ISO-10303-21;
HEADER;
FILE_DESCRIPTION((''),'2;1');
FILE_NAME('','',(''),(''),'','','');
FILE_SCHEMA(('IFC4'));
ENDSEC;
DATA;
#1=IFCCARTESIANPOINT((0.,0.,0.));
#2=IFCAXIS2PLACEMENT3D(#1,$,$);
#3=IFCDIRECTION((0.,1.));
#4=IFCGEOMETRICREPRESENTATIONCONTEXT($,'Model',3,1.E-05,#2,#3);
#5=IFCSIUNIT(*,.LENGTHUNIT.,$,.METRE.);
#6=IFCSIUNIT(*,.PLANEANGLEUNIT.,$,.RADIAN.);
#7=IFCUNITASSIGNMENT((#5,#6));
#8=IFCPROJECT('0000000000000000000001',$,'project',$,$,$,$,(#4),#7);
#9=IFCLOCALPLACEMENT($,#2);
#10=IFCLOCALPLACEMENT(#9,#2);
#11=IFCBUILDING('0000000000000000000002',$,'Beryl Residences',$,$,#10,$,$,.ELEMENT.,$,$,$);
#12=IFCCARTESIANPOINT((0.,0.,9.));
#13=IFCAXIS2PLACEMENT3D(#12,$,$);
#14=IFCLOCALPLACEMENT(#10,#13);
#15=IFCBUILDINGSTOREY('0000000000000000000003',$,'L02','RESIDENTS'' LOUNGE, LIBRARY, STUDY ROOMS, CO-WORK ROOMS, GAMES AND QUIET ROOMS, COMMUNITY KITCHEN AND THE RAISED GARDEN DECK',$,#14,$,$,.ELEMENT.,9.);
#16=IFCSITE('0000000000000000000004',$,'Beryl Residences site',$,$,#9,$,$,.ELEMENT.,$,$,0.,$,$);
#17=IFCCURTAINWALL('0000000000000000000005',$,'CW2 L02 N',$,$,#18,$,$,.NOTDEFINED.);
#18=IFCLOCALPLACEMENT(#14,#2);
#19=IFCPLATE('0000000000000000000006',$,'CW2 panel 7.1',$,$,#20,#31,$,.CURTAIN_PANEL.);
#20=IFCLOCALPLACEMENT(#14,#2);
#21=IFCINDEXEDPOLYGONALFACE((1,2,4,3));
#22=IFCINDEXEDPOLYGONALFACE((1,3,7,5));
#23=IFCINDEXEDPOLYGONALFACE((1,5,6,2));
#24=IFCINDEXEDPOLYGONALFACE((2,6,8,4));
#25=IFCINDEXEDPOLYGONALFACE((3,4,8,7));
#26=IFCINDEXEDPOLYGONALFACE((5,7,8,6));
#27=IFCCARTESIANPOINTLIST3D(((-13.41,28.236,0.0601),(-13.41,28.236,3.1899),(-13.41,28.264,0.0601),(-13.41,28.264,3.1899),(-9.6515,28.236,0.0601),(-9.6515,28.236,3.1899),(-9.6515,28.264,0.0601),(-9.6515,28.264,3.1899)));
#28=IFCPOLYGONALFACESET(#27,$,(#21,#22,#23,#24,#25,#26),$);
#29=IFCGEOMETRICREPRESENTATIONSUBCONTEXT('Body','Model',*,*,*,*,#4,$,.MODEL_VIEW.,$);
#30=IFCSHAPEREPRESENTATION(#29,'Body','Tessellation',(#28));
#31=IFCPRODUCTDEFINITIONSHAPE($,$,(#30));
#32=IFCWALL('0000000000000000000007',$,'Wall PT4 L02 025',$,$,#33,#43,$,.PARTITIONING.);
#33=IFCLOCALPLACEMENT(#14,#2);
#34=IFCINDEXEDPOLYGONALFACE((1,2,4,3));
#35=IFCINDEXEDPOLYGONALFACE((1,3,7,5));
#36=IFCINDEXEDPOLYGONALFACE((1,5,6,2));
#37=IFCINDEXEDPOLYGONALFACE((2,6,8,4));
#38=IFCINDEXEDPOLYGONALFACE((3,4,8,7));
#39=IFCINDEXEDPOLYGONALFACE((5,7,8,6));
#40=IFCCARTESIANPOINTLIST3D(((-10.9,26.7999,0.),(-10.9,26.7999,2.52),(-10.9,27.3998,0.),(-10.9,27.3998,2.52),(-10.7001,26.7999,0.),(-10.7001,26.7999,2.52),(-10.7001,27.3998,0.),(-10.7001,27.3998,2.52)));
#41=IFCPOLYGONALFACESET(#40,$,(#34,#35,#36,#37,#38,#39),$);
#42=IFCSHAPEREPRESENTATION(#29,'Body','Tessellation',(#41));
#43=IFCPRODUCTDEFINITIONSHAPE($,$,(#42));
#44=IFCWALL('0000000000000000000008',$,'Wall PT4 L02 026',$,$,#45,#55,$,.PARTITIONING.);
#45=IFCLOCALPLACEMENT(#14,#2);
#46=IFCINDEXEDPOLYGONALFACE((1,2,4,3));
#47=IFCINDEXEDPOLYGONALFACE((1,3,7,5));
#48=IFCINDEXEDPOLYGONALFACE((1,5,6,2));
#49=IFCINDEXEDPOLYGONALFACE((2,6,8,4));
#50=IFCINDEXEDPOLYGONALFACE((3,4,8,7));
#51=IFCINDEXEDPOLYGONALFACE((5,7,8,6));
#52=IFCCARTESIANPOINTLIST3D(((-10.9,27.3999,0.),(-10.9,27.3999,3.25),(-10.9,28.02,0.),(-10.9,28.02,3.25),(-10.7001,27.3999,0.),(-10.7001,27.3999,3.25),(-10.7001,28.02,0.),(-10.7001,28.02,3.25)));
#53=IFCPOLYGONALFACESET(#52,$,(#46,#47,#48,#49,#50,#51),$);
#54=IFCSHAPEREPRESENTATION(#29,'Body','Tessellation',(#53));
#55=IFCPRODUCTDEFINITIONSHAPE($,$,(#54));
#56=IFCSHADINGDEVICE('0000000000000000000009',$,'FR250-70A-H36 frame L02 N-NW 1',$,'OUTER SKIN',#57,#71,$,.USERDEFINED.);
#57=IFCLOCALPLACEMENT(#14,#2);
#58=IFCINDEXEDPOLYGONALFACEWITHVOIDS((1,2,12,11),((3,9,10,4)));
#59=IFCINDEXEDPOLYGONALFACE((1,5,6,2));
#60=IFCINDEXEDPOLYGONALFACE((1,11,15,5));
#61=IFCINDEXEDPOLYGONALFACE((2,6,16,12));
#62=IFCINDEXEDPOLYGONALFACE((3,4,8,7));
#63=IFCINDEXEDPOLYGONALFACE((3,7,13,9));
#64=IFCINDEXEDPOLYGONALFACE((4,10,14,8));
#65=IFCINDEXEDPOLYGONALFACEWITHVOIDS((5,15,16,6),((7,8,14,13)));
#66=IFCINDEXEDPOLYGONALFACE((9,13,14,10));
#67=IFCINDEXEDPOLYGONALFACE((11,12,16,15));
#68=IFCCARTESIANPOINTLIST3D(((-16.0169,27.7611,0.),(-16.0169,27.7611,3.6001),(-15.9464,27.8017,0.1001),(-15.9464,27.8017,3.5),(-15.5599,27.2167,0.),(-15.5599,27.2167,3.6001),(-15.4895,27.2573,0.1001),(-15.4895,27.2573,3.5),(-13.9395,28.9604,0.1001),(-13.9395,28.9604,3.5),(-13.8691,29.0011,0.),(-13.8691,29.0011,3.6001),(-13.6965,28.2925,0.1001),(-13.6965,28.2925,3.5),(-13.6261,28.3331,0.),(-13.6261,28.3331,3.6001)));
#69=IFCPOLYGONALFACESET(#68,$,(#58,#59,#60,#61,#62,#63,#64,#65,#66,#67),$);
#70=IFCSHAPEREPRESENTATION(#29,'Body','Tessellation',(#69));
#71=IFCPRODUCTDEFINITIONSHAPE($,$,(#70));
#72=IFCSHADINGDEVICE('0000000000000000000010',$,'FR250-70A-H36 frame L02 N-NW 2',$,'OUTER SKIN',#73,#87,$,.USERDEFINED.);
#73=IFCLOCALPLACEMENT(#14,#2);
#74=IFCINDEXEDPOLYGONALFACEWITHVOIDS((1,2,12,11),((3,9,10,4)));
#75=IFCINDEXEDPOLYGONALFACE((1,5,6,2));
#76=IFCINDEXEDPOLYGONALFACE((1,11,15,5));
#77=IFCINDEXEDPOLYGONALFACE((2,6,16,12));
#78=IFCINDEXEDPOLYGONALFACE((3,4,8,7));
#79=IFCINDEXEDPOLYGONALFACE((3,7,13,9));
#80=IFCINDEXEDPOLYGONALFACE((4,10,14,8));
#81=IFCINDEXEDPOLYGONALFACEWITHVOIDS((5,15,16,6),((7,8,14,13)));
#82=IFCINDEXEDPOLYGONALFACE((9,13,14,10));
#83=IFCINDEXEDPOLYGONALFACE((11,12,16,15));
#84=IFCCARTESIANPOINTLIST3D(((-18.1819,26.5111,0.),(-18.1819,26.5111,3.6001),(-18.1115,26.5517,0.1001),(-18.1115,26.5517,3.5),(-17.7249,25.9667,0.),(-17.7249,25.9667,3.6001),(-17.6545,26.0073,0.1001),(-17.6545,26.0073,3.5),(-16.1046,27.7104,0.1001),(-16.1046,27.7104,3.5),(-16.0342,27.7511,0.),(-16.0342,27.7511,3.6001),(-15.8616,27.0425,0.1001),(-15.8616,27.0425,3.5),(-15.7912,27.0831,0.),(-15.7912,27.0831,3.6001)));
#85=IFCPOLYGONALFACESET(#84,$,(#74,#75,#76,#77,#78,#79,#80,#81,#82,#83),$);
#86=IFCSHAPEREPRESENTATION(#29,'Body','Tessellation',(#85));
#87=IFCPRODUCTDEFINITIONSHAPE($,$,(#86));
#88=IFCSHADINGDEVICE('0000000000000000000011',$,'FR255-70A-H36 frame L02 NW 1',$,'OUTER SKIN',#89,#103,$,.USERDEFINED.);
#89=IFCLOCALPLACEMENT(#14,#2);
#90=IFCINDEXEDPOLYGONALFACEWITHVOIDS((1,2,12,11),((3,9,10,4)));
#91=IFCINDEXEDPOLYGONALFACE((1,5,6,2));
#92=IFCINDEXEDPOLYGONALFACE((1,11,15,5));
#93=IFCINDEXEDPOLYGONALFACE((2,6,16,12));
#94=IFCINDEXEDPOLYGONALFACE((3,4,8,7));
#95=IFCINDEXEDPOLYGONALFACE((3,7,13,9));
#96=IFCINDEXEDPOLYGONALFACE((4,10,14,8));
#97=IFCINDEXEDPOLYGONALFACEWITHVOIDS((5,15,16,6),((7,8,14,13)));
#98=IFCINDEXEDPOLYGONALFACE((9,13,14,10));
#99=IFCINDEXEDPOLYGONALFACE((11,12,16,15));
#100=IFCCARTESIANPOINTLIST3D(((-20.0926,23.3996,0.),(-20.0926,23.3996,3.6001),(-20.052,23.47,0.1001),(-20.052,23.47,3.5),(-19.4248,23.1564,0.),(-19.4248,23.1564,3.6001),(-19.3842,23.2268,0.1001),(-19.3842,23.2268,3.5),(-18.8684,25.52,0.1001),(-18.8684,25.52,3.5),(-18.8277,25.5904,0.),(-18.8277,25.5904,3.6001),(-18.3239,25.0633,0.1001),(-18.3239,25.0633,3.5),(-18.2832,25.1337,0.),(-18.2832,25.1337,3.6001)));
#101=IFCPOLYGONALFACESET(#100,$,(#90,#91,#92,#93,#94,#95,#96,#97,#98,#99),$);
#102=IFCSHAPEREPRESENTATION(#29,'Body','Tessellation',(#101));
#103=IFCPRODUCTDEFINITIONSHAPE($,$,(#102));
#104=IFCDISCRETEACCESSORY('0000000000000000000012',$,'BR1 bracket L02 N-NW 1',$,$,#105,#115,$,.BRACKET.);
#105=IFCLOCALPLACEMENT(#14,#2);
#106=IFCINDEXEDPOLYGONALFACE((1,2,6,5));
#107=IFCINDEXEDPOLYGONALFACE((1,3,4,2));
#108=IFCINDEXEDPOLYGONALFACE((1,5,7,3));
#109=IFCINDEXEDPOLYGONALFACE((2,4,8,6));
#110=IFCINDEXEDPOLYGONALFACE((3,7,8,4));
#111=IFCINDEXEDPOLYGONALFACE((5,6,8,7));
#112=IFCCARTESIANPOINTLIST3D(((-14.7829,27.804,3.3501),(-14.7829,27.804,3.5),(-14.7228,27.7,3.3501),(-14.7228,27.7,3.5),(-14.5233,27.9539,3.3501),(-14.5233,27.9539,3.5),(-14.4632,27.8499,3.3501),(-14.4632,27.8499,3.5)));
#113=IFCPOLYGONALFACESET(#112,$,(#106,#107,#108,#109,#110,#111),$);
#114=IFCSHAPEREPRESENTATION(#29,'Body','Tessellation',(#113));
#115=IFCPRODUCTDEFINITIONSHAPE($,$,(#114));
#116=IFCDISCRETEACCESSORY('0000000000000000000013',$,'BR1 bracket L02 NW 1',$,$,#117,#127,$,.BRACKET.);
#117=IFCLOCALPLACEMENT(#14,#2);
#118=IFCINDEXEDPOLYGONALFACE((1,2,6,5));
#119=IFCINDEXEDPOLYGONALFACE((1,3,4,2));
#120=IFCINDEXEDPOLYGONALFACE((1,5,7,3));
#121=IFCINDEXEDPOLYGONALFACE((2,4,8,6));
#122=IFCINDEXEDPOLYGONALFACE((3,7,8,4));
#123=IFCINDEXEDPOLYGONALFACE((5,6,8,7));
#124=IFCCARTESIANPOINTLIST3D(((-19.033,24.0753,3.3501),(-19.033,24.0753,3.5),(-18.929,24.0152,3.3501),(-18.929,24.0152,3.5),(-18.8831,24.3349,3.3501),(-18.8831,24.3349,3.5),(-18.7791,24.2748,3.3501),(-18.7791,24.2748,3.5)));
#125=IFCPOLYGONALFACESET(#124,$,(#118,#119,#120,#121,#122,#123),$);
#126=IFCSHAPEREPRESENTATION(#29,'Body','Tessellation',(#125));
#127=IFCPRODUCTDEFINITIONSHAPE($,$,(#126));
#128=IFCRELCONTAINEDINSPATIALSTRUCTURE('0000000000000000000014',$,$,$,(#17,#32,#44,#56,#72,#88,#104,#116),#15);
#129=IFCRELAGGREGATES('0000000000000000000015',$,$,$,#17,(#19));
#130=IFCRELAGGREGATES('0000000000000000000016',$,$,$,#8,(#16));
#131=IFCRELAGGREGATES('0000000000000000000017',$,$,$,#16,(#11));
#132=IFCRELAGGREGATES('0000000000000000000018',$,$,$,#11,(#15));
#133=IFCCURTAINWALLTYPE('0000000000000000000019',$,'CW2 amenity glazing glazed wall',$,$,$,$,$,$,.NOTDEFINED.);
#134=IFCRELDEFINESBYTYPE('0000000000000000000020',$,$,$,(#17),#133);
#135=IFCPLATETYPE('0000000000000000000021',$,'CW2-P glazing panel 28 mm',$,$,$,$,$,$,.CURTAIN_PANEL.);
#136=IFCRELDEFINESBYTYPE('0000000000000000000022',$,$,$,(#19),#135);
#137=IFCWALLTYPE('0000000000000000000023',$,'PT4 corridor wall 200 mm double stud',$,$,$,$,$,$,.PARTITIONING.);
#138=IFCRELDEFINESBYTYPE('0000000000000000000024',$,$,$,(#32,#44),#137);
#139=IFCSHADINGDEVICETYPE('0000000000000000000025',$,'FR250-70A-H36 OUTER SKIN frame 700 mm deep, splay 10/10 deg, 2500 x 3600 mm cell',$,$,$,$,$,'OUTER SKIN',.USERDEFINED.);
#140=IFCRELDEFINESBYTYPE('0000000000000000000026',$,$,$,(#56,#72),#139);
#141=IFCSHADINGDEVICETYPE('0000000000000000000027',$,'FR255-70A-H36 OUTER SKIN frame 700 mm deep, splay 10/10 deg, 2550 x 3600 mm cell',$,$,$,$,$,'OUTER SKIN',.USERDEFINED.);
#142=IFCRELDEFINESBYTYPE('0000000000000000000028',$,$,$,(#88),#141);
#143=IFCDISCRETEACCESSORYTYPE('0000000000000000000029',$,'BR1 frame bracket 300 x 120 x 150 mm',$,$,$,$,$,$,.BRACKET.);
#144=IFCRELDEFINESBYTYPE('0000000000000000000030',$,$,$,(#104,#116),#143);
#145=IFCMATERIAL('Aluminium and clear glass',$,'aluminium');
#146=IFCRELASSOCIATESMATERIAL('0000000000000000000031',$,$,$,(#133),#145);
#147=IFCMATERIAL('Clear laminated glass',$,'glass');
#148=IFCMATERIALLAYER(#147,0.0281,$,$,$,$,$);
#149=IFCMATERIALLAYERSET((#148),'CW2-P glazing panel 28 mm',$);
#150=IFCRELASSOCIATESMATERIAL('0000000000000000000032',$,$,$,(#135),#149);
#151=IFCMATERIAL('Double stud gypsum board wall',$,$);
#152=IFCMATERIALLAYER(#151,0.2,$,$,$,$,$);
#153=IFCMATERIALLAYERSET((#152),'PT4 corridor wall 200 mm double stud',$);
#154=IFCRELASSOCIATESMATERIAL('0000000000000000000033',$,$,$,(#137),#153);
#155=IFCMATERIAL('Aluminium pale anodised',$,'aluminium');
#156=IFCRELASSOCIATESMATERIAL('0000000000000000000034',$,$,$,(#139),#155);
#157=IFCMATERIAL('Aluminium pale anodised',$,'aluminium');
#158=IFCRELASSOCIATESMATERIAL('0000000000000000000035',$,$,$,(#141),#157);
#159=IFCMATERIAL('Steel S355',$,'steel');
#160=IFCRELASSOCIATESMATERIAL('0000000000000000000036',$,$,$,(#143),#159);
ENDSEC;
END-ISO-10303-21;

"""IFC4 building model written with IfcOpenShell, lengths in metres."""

from ifc_helpers import new_model, entity, si_unit, direction, frame, frame_2d, origin, origin_2d, place, context, subcontext, project, spatial, polyline, rectangle, outline, extrude, source, transform, mapped, material, layer, layer_set, type_object, type_shapes, element, aggregate, save


model = new_model("IFC4")

# Units and contexts
model_context = context("Model", 3, precision=1e-05, world=origin(), true_north=direction((0.0, 1.0)))
body_context = subcontext(model_context, "Body", "Model", "MODEL_VIEW")
ifc_project = project(units=[si_unit("LENGTHUNIT", "METRE"), si_unit("PLANEANGLEUNIT", "RADIAN")], contexts=[model_context])

# Site, building, storey
site_placement = place(None, origin())
site = spatial("IfcSite", under=ifc_project, at=site_placement, Name="Beryl Residences site", CompositionType="ELEMENT", RefElevation=0.0)
building_placement = place(site_placement, origin())
building = spatial("IfcBuilding", under=site, at=building_placement, Name="Beryl Residences", CompositionType="ELEMENT")
storey_placement = place(building_placement, frame((0.0, 0.0, 9.0)))
storey = spatial("IfcBuildingStorey", under=building, at=storey_placement, Name="L02", Description="RESIDENTS' LOUNGE, LIBRARY, STUDY ROOMS, CO-WORK ROOMS, GAMES AND QUIET ROOMS, COMMUNITY KITCHEN AND THE RAISED GARDEN DECK", CompositionType="ELEMENT", Elevation=9.0)

# Curtain wall
ifc_material_1 = material(Name="Aluminium and clear glass", Category="aluminium")
curtain_wall_type = type_object("IfcCurtainWallType", Name="CW2 amenity glazing glazed wall", PredefinedType="NOTDEFINED", material=ifc_material_1)
curtain_wall_1_placement = place(storey_placement, origin())
curtain_wall_1 = element("IfcCurtainWall", 1, at=curtain_wall_1_placement, inside=storey, type_object=curtain_wall_type, Name="CW2 L02 N", PredefinedType="NOTDEFINED")

# Plate
ifc_material_2 = material(Name="Clear laminated glass", Category="glass")
ifc_layer_1 = layer(ifc_material_2, 0.0281)
ifc_layer_set_1 = layer_set([ifc_layer_1], Name="CW2-P glazing panel 28 mm")
plate_type = type_object("IfcPlateType", Name="CW2-P glazing panel 28 mm", PredefinedType="CURTAIN_PANEL", material=ifc_layer_set_1)
plate_placement = place(storey_placement, frame((-11.5308, 28.25, 0.0601), z_axis=(0.0, 0.0, 1.0), x_axis=(-1.0, 0.0, 0.0)))
plate = element("IfcPlate", 2, at=plate_placement, type_object=plate_type, Name="CW2 panel 7.1", PredefinedType="CURTAIN_PANEL", context=body_context, shape_type="SweptSolid", body=[
    extrude(rectangle(XDim=3.7585, YDim=0.0281, at=origin_2d()), origin(), (0.0, 0.0, 1.0), 3.1299),
])
aggregate(curtain_wall_1, [plate])

# Walls
ifc_material_3 = material(Name="Double stud gypsum board wall")
ifc_layer_2 = layer(ifc_material_3, 0.2)
ifc_layer_set_2 = layer_set([ifc_layer_2], Name="PT4 corridor wall 200 mm double stud")
wall_type = type_object("IfcWallType", Name="PT4 corridor wall 200 mm double stud", PredefinedType="PARTITIONING", material=ifc_layer_set_2)
wall_1_placement = place(storey_placement, frame((-10.8, 26.8, 0.0), z_axis=(0.0, 0.0, 1.0), x_axis=(0.0, 1.0, 0.0)))
element("IfcWall", 3, at=wall_1_placement, inside=storey, type_object=wall_type, Name="Wall PT4 L02 025", PredefinedType="PARTITIONING", context=body_context, shape_type="SweptSolid", body=[
    extrude(rectangle(XDim=0.5999, YDim=0.2, at=frame_2d((0.2998, 0.0))), origin(), (0.0, 0.0, 1.0), 2.52),
])
wall_2_placement = place(storey_placement, frame((-10.8, 27.3999, 0.0), z_axis=(0.0, 0.0, 1.0), x_axis=(0.0, 1.0, 0.0)))
element("IfcWall", 4, at=wall_2_placement, inside=storey, type_object=wall_type, Name="Wall PT4 L02 026", PredefinedType="PARTITIONING", context=body_context, shape_type="SweptSolid", body=[
    extrude(rectangle(XDim=0.6201, YDim=0.2, at=frame_2d((0.3101, 0.0))), origin(), (0.0, 0.0, 1.0), 3.25),
])

# Shading devices
ifc_material_4 = material(Name="Aluminium pale anodised", Category="aluminium")
shading_device_type_1 = type_object("IfcShadingDeviceType", Name="FR250-70A-H36 OUTER SKIN frame 700 mm deep, splay 10/10 deg, 2500 x 3600 mm cell", ElementType="OUTER SKIN", PredefinedType="USERDEFINED", material=ifc_material_4)
cartesian_point_1 = entity("IfcCartesianPoint", [-1.1165, 0.0])
cartesian_point_2 = entity("IfcCartesianPoint", [-1.0352, 0.1001])
cartesian_point_3 = entity("IfcCartesianPoint", [-1.24, 0.0])
cartesian_point_4 = entity("IfcCartesianPoint", [-1.1587, 0.1001])
shared_shape_1 = source(origin(), body_context, "Body", "SweptSolid", [
    entity("IfcExtrudedAreaSolidTapered", entity("IfcArbitraryProfileDefWithVoids", "AREA", None, entity("IfcPolyline", [cartesian_point_1, entity("IfcCartesianPoint", [1.1165, 0.0]), entity("IfcCartesianPoint", [1.1165, 3.6001]), entity("IfcCartesianPoint", [-1.1165, 3.6001]), cartesian_point_1]), [entity("IfcPolyline", [cartesian_point_2, entity("IfcCartesianPoint", [1.0352, 0.1001]), entity("IfcCartesianPoint", [1.0352, 3.5]), entity("IfcCartesianPoint", [-1.0352, 3.5]), cartesian_point_2])]), entity("IfcAxis2Placement3D", entity("IfcCartesianPoint", [0.0, 0.0, 0.0]), entity("IfcDirection", [0.0, 1.0, 0.0]), entity("IfcDirection", [-1.0, 0.0, 0.0])), entity("IfcDirection", [0.0, 0.0, 1.0]), 0.7, entity("IfcArbitraryProfileDefWithVoids", "AREA", None, entity("IfcPolyline", [cartesian_point_3, entity("IfcCartesianPoint", [1.24, 0.0]), entity("IfcCartesianPoint", [1.24, 3.6001]), entity("IfcCartesianPoint", [-1.24, 3.6001]), cartesian_point_3]), [entity("IfcPolyline", [cartesian_point_4, entity("IfcCartesianPoint", [1.1587, 0.1001]), entity("IfcCartesianPoint", [1.1587, 3.5]), entity("IfcCartesianPoint", [-1.1587, 3.5]), cartesian_point_4])])),
])
type_shapes(shading_device_type_1, [shared_shape_1])
for number, where, z_axis, x_axis, name in (
    (5, (-14.593, 27.7749, 0.0), (0.0, 0.0, 1.0), (0.866025, 0.5, 0.0), "FR250-70A-H36 frame L02 N-NW 1"),
    (6, (-16.7581, 26.5249, 0.0), (0.0, 0.0, 1.0), (0.866025, 0.5, 0.0), "FR250-70A-H36 frame L02 N-NW 2"),
):
    element("IfcShadingDevice", number, at=place(storey_placement, frame(where, z_axis=z_axis, x_axis=x_axis)), inside=storey, type_object=shading_device_type_1, Name=name, ObjectType="OUTER SKIN", PredefinedType="USERDEFINED", context=body_context, shape_type="MappedRepresentation", body=[
        mapped(shared_shape_1, transform((0.0, 0.0, 0.0))),
    ])
ifc_material_5 = material(Name="Aluminium pale anodised", Category="aluminium")
shading_device_type_2 = type_object("IfcShadingDeviceType", Name="FR255-70A-H36 OUTER SKIN frame 700 mm deep, splay 10/10 deg, 2550 x 3600 mm cell", ElementType="OUTER SKIN", PredefinedType="USERDEFINED", material=ifc_material_5)
cartesian_point_5 = entity("IfcCartesianPoint", [-1.1416, 0.0])
cartesian_point_6 = entity("IfcCartesianPoint", [-1.0603, 0.1001])
cartesian_point_7 = entity("IfcCartesianPoint", [-1.2649, 0.0])
cartesian_point_8 = entity("IfcCartesianPoint", [-1.1836, 0.1001])
shared_shape_2 = source(origin(), body_context, "Body", "SweptSolid", [
    entity("IfcExtrudedAreaSolidTapered", entity("IfcArbitraryProfileDefWithVoids", "AREA", None, entity("IfcPolyline", [cartesian_point_5, entity("IfcCartesianPoint", [1.1416, 0.0]), entity("IfcCartesianPoint", [1.1416, 3.6001]), entity("IfcCartesianPoint", [-1.1416, 3.6001]), cartesian_point_5]), [entity("IfcPolyline", [cartesian_point_6, entity("IfcCartesianPoint", [1.0603, 0.1001]), entity("IfcCartesianPoint", [1.0603, 3.5]), entity("IfcCartesianPoint", [-1.0603, 3.5]), cartesian_point_6])]), entity("IfcAxis2Placement3D", entity("IfcCartesianPoint", [0.0, 0.0, 0.0]), entity("IfcDirection", [0.0, 1.0, 0.0]), entity("IfcDirection", [-1.0, 0.0, 0.0])), entity("IfcDirection", [0.0, 0.0, 1.0]), 0.7, entity("IfcArbitraryProfileDefWithVoids", "AREA", None, entity("IfcPolyline", [cartesian_point_7, entity("IfcCartesianPoint", [1.2649, 0.0]), entity("IfcCartesianPoint", [1.2649, 3.6001]), entity("IfcCartesianPoint", [-1.2649, 3.6001]), cartesian_point_7]), [entity("IfcPolyline", [cartesian_point_8, entity("IfcCartesianPoint", [1.1836, 0.1001]), entity("IfcCartesianPoint", [1.1836, 3.5]), entity("IfcCartesianPoint", [-1.1836, 3.5]), cartesian_point_8])])),
])
type_shapes(shading_device_type_2, [shared_shape_2])
shading_device_placement = place(storey_placement, frame((-18.854, 24.145, 0.0), z_axis=(0.0, 0.0, 1.0), x_axis=(0.5, 0.866025, 0.0)))
element("IfcShadingDevice", 7, at=shading_device_placement, inside=storey, type_object=shading_device_type_2, Name="FR255-70A-H36 frame L02 NW 1", ObjectType="OUTER SKIN", PredefinedType="USERDEFINED", context=body_context, shape_type="MappedRepresentation", body=[
    mapped(shared_shape_2, transform((0.0, 0.0, 0.0))),
])

# Discrete accessories
ifc_material_6 = material(Name="Steel S355", Category="steel")
discrete_accessory_type = type_object("IfcDiscreteAccessoryType", Name="BR1 frame bracket 300 x 120 x 150 mm", PredefinedType="BRACKET", material=ifc_material_6)
shared_shape_3 = source(origin(), body_context, "Body", "SweptSolid", [
    extrude(outline(polyline([(-0.1499, 0.0), (0.1499, 0.0), (0.1499, 0.1201), (-0.1499, 0.1201), (-0.1499, 0.0)])), origin(), (0.0, 0.0, 1.0), 0.1499),
])
type_shapes(discrete_accessory_type, [shared_shape_3])
for number, where, z_axis, x_axis, name in (
    (8, (-14.593, 27.7749, 3.3501), (0.0, 0.0, 1.0), (0.866025, 0.5, 0.0), "BR1 bracket L02 N-NW 1"),
    (9, (-18.854, 24.145, 3.3501), (0.0, 0.0, 1.0), (0.5, 0.866025, 0.0), "BR1 bracket L02 NW 1"),
):
    element("IfcDiscreteAccessory", number, at=place(storey_placement, frame(where, z_axis=z_axis, x_axis=x_axis)), inside=storey, type_object=discrete_accessory_type, Name=name, PredefinedType="BRACKET", context=body_context, shape_type="MappedRepresentation", body=[
        mapped(shared_shape_3, transform((0.0, 0.0, 0.0))),
    ])

save(model, "model.ifc")
